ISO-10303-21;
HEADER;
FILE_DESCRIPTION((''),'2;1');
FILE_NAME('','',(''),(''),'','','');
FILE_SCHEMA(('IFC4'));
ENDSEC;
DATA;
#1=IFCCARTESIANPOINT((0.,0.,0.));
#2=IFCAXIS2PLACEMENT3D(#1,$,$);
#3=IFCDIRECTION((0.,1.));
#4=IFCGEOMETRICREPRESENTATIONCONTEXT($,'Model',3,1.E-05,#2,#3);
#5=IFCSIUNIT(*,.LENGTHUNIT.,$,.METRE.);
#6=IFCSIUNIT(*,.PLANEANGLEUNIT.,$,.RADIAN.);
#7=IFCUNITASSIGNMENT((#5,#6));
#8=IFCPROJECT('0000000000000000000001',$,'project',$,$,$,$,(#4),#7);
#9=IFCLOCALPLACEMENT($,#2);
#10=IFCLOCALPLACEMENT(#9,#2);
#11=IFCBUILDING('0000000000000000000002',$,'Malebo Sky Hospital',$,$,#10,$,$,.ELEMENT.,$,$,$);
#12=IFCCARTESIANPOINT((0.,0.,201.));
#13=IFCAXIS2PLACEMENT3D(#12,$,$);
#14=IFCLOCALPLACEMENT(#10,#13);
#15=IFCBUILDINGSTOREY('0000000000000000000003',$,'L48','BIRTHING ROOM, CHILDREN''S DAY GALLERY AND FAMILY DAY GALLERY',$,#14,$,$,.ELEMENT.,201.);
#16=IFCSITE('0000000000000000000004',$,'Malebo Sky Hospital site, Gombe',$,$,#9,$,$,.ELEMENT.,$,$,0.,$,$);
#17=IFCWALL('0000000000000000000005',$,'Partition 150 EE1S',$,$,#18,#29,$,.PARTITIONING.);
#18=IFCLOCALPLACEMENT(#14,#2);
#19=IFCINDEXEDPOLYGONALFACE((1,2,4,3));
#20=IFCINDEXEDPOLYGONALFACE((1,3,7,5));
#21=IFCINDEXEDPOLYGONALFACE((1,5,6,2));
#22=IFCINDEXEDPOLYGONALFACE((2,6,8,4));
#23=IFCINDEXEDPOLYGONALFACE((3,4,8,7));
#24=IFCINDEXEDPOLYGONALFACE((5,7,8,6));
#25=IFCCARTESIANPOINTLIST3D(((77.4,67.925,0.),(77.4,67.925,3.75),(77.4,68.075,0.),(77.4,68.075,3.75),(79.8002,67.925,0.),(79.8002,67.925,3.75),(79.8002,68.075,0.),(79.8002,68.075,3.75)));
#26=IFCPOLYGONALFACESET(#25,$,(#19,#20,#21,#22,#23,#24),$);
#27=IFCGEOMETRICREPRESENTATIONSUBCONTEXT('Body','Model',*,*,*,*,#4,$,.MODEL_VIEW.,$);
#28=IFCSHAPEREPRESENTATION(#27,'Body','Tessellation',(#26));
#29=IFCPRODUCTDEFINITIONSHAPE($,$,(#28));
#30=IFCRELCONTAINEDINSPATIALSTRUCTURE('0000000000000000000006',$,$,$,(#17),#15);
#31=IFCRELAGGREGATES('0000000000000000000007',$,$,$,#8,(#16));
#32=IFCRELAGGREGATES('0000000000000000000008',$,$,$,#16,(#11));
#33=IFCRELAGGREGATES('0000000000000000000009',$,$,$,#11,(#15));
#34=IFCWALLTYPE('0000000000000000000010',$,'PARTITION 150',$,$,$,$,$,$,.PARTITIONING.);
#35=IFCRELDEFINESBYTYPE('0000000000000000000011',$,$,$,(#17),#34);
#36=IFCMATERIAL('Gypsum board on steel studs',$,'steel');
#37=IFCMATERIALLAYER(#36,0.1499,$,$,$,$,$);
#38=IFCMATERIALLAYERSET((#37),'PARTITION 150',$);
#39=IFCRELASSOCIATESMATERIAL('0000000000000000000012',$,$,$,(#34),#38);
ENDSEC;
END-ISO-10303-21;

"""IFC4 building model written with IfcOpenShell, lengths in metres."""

from ifc_helpers import new_model, si_unit, direction, frame, frame_2d, origin, place, context, subcontext, project, spatial, rectangle, extrude, material, layer, layer_set, type_object, element, save


model = new_model("IFC4")

# Units and contexts
model_context = context("Model", 3, precision=1e-05, world=origin(), true_north=direction((0.0, 1.0)))
body_context = subcontext(model_context, "Body", "Model", "MODEL_VIEW")
ifc_project = project(units=[si_unit("LENGTHUNIT", "METRE"), si_unit("PLANEANGLEUNIT", "RADIAN")], contexts=[model_context])

# Site, building, storey
site_placement = place(None, origin())
site = spatial("IfcSite", under=ifc_project, at=site_placement, Name="Malebo Sky Hospital site, Gombe", CompositionType="ELEMENT", RefElevation=0.0)
building_placement = place(site_placement, origin())
building = spatial("IfcBuilding", under=site, at=building_placement, Name="Malebo Sky Hospital", CompositionType="ELEMENT")
storey_placement = place(building_placement, frame((0.0, 0.0, 201.0)))
storey = spatial("IfcBuildingStorey", under=building, at=storey_placement, Name="L48", Description="BIRTHING ROOM, CHILDREN'S DAY GALLERY AND FAMILY DAY GALLERY", CompositionType="ELEMENT", Elevation=201.0)

# Shared definitions
ifc_material_1 = material(Name="Gypsum board on steel studs", Category="steel")

# Shared definitions
ifc_layer_1 = layer(ifc_material_1, 0.1499)
ifc_layer_set_1 = layer_set([ifc_layer_1], Name="PARTITION 150")
wall_type_1 = type_object("IfcWallType", Name="PARTITION 150", PredefinedType="PARTITIONING", material=ifc_layer_set_1)

# Wall
wall_1_placement = place(storey_placement, frame((77.3999, 68.0, 0.0), z_axis=(0.0, 0.0, 1.0), x_axis=(1.0, 0.0, 0.0)))
element("IfcWall", 1, at=wall_1_placement, inside=storey, type_object=wall_type_1, Name="Partition 150 EE1S", PredefinedType="PARTITIONING", context=body_context, shape_type="SweptSolid", body=[
    extrude(rectangle(XDim=2.4001, YDim=0.1499, at=frame_2d((1.2002, 0.0))), origin(), (0.0, 0.0, 1.0), 3.75),
])

save(model, "model.ifc")
